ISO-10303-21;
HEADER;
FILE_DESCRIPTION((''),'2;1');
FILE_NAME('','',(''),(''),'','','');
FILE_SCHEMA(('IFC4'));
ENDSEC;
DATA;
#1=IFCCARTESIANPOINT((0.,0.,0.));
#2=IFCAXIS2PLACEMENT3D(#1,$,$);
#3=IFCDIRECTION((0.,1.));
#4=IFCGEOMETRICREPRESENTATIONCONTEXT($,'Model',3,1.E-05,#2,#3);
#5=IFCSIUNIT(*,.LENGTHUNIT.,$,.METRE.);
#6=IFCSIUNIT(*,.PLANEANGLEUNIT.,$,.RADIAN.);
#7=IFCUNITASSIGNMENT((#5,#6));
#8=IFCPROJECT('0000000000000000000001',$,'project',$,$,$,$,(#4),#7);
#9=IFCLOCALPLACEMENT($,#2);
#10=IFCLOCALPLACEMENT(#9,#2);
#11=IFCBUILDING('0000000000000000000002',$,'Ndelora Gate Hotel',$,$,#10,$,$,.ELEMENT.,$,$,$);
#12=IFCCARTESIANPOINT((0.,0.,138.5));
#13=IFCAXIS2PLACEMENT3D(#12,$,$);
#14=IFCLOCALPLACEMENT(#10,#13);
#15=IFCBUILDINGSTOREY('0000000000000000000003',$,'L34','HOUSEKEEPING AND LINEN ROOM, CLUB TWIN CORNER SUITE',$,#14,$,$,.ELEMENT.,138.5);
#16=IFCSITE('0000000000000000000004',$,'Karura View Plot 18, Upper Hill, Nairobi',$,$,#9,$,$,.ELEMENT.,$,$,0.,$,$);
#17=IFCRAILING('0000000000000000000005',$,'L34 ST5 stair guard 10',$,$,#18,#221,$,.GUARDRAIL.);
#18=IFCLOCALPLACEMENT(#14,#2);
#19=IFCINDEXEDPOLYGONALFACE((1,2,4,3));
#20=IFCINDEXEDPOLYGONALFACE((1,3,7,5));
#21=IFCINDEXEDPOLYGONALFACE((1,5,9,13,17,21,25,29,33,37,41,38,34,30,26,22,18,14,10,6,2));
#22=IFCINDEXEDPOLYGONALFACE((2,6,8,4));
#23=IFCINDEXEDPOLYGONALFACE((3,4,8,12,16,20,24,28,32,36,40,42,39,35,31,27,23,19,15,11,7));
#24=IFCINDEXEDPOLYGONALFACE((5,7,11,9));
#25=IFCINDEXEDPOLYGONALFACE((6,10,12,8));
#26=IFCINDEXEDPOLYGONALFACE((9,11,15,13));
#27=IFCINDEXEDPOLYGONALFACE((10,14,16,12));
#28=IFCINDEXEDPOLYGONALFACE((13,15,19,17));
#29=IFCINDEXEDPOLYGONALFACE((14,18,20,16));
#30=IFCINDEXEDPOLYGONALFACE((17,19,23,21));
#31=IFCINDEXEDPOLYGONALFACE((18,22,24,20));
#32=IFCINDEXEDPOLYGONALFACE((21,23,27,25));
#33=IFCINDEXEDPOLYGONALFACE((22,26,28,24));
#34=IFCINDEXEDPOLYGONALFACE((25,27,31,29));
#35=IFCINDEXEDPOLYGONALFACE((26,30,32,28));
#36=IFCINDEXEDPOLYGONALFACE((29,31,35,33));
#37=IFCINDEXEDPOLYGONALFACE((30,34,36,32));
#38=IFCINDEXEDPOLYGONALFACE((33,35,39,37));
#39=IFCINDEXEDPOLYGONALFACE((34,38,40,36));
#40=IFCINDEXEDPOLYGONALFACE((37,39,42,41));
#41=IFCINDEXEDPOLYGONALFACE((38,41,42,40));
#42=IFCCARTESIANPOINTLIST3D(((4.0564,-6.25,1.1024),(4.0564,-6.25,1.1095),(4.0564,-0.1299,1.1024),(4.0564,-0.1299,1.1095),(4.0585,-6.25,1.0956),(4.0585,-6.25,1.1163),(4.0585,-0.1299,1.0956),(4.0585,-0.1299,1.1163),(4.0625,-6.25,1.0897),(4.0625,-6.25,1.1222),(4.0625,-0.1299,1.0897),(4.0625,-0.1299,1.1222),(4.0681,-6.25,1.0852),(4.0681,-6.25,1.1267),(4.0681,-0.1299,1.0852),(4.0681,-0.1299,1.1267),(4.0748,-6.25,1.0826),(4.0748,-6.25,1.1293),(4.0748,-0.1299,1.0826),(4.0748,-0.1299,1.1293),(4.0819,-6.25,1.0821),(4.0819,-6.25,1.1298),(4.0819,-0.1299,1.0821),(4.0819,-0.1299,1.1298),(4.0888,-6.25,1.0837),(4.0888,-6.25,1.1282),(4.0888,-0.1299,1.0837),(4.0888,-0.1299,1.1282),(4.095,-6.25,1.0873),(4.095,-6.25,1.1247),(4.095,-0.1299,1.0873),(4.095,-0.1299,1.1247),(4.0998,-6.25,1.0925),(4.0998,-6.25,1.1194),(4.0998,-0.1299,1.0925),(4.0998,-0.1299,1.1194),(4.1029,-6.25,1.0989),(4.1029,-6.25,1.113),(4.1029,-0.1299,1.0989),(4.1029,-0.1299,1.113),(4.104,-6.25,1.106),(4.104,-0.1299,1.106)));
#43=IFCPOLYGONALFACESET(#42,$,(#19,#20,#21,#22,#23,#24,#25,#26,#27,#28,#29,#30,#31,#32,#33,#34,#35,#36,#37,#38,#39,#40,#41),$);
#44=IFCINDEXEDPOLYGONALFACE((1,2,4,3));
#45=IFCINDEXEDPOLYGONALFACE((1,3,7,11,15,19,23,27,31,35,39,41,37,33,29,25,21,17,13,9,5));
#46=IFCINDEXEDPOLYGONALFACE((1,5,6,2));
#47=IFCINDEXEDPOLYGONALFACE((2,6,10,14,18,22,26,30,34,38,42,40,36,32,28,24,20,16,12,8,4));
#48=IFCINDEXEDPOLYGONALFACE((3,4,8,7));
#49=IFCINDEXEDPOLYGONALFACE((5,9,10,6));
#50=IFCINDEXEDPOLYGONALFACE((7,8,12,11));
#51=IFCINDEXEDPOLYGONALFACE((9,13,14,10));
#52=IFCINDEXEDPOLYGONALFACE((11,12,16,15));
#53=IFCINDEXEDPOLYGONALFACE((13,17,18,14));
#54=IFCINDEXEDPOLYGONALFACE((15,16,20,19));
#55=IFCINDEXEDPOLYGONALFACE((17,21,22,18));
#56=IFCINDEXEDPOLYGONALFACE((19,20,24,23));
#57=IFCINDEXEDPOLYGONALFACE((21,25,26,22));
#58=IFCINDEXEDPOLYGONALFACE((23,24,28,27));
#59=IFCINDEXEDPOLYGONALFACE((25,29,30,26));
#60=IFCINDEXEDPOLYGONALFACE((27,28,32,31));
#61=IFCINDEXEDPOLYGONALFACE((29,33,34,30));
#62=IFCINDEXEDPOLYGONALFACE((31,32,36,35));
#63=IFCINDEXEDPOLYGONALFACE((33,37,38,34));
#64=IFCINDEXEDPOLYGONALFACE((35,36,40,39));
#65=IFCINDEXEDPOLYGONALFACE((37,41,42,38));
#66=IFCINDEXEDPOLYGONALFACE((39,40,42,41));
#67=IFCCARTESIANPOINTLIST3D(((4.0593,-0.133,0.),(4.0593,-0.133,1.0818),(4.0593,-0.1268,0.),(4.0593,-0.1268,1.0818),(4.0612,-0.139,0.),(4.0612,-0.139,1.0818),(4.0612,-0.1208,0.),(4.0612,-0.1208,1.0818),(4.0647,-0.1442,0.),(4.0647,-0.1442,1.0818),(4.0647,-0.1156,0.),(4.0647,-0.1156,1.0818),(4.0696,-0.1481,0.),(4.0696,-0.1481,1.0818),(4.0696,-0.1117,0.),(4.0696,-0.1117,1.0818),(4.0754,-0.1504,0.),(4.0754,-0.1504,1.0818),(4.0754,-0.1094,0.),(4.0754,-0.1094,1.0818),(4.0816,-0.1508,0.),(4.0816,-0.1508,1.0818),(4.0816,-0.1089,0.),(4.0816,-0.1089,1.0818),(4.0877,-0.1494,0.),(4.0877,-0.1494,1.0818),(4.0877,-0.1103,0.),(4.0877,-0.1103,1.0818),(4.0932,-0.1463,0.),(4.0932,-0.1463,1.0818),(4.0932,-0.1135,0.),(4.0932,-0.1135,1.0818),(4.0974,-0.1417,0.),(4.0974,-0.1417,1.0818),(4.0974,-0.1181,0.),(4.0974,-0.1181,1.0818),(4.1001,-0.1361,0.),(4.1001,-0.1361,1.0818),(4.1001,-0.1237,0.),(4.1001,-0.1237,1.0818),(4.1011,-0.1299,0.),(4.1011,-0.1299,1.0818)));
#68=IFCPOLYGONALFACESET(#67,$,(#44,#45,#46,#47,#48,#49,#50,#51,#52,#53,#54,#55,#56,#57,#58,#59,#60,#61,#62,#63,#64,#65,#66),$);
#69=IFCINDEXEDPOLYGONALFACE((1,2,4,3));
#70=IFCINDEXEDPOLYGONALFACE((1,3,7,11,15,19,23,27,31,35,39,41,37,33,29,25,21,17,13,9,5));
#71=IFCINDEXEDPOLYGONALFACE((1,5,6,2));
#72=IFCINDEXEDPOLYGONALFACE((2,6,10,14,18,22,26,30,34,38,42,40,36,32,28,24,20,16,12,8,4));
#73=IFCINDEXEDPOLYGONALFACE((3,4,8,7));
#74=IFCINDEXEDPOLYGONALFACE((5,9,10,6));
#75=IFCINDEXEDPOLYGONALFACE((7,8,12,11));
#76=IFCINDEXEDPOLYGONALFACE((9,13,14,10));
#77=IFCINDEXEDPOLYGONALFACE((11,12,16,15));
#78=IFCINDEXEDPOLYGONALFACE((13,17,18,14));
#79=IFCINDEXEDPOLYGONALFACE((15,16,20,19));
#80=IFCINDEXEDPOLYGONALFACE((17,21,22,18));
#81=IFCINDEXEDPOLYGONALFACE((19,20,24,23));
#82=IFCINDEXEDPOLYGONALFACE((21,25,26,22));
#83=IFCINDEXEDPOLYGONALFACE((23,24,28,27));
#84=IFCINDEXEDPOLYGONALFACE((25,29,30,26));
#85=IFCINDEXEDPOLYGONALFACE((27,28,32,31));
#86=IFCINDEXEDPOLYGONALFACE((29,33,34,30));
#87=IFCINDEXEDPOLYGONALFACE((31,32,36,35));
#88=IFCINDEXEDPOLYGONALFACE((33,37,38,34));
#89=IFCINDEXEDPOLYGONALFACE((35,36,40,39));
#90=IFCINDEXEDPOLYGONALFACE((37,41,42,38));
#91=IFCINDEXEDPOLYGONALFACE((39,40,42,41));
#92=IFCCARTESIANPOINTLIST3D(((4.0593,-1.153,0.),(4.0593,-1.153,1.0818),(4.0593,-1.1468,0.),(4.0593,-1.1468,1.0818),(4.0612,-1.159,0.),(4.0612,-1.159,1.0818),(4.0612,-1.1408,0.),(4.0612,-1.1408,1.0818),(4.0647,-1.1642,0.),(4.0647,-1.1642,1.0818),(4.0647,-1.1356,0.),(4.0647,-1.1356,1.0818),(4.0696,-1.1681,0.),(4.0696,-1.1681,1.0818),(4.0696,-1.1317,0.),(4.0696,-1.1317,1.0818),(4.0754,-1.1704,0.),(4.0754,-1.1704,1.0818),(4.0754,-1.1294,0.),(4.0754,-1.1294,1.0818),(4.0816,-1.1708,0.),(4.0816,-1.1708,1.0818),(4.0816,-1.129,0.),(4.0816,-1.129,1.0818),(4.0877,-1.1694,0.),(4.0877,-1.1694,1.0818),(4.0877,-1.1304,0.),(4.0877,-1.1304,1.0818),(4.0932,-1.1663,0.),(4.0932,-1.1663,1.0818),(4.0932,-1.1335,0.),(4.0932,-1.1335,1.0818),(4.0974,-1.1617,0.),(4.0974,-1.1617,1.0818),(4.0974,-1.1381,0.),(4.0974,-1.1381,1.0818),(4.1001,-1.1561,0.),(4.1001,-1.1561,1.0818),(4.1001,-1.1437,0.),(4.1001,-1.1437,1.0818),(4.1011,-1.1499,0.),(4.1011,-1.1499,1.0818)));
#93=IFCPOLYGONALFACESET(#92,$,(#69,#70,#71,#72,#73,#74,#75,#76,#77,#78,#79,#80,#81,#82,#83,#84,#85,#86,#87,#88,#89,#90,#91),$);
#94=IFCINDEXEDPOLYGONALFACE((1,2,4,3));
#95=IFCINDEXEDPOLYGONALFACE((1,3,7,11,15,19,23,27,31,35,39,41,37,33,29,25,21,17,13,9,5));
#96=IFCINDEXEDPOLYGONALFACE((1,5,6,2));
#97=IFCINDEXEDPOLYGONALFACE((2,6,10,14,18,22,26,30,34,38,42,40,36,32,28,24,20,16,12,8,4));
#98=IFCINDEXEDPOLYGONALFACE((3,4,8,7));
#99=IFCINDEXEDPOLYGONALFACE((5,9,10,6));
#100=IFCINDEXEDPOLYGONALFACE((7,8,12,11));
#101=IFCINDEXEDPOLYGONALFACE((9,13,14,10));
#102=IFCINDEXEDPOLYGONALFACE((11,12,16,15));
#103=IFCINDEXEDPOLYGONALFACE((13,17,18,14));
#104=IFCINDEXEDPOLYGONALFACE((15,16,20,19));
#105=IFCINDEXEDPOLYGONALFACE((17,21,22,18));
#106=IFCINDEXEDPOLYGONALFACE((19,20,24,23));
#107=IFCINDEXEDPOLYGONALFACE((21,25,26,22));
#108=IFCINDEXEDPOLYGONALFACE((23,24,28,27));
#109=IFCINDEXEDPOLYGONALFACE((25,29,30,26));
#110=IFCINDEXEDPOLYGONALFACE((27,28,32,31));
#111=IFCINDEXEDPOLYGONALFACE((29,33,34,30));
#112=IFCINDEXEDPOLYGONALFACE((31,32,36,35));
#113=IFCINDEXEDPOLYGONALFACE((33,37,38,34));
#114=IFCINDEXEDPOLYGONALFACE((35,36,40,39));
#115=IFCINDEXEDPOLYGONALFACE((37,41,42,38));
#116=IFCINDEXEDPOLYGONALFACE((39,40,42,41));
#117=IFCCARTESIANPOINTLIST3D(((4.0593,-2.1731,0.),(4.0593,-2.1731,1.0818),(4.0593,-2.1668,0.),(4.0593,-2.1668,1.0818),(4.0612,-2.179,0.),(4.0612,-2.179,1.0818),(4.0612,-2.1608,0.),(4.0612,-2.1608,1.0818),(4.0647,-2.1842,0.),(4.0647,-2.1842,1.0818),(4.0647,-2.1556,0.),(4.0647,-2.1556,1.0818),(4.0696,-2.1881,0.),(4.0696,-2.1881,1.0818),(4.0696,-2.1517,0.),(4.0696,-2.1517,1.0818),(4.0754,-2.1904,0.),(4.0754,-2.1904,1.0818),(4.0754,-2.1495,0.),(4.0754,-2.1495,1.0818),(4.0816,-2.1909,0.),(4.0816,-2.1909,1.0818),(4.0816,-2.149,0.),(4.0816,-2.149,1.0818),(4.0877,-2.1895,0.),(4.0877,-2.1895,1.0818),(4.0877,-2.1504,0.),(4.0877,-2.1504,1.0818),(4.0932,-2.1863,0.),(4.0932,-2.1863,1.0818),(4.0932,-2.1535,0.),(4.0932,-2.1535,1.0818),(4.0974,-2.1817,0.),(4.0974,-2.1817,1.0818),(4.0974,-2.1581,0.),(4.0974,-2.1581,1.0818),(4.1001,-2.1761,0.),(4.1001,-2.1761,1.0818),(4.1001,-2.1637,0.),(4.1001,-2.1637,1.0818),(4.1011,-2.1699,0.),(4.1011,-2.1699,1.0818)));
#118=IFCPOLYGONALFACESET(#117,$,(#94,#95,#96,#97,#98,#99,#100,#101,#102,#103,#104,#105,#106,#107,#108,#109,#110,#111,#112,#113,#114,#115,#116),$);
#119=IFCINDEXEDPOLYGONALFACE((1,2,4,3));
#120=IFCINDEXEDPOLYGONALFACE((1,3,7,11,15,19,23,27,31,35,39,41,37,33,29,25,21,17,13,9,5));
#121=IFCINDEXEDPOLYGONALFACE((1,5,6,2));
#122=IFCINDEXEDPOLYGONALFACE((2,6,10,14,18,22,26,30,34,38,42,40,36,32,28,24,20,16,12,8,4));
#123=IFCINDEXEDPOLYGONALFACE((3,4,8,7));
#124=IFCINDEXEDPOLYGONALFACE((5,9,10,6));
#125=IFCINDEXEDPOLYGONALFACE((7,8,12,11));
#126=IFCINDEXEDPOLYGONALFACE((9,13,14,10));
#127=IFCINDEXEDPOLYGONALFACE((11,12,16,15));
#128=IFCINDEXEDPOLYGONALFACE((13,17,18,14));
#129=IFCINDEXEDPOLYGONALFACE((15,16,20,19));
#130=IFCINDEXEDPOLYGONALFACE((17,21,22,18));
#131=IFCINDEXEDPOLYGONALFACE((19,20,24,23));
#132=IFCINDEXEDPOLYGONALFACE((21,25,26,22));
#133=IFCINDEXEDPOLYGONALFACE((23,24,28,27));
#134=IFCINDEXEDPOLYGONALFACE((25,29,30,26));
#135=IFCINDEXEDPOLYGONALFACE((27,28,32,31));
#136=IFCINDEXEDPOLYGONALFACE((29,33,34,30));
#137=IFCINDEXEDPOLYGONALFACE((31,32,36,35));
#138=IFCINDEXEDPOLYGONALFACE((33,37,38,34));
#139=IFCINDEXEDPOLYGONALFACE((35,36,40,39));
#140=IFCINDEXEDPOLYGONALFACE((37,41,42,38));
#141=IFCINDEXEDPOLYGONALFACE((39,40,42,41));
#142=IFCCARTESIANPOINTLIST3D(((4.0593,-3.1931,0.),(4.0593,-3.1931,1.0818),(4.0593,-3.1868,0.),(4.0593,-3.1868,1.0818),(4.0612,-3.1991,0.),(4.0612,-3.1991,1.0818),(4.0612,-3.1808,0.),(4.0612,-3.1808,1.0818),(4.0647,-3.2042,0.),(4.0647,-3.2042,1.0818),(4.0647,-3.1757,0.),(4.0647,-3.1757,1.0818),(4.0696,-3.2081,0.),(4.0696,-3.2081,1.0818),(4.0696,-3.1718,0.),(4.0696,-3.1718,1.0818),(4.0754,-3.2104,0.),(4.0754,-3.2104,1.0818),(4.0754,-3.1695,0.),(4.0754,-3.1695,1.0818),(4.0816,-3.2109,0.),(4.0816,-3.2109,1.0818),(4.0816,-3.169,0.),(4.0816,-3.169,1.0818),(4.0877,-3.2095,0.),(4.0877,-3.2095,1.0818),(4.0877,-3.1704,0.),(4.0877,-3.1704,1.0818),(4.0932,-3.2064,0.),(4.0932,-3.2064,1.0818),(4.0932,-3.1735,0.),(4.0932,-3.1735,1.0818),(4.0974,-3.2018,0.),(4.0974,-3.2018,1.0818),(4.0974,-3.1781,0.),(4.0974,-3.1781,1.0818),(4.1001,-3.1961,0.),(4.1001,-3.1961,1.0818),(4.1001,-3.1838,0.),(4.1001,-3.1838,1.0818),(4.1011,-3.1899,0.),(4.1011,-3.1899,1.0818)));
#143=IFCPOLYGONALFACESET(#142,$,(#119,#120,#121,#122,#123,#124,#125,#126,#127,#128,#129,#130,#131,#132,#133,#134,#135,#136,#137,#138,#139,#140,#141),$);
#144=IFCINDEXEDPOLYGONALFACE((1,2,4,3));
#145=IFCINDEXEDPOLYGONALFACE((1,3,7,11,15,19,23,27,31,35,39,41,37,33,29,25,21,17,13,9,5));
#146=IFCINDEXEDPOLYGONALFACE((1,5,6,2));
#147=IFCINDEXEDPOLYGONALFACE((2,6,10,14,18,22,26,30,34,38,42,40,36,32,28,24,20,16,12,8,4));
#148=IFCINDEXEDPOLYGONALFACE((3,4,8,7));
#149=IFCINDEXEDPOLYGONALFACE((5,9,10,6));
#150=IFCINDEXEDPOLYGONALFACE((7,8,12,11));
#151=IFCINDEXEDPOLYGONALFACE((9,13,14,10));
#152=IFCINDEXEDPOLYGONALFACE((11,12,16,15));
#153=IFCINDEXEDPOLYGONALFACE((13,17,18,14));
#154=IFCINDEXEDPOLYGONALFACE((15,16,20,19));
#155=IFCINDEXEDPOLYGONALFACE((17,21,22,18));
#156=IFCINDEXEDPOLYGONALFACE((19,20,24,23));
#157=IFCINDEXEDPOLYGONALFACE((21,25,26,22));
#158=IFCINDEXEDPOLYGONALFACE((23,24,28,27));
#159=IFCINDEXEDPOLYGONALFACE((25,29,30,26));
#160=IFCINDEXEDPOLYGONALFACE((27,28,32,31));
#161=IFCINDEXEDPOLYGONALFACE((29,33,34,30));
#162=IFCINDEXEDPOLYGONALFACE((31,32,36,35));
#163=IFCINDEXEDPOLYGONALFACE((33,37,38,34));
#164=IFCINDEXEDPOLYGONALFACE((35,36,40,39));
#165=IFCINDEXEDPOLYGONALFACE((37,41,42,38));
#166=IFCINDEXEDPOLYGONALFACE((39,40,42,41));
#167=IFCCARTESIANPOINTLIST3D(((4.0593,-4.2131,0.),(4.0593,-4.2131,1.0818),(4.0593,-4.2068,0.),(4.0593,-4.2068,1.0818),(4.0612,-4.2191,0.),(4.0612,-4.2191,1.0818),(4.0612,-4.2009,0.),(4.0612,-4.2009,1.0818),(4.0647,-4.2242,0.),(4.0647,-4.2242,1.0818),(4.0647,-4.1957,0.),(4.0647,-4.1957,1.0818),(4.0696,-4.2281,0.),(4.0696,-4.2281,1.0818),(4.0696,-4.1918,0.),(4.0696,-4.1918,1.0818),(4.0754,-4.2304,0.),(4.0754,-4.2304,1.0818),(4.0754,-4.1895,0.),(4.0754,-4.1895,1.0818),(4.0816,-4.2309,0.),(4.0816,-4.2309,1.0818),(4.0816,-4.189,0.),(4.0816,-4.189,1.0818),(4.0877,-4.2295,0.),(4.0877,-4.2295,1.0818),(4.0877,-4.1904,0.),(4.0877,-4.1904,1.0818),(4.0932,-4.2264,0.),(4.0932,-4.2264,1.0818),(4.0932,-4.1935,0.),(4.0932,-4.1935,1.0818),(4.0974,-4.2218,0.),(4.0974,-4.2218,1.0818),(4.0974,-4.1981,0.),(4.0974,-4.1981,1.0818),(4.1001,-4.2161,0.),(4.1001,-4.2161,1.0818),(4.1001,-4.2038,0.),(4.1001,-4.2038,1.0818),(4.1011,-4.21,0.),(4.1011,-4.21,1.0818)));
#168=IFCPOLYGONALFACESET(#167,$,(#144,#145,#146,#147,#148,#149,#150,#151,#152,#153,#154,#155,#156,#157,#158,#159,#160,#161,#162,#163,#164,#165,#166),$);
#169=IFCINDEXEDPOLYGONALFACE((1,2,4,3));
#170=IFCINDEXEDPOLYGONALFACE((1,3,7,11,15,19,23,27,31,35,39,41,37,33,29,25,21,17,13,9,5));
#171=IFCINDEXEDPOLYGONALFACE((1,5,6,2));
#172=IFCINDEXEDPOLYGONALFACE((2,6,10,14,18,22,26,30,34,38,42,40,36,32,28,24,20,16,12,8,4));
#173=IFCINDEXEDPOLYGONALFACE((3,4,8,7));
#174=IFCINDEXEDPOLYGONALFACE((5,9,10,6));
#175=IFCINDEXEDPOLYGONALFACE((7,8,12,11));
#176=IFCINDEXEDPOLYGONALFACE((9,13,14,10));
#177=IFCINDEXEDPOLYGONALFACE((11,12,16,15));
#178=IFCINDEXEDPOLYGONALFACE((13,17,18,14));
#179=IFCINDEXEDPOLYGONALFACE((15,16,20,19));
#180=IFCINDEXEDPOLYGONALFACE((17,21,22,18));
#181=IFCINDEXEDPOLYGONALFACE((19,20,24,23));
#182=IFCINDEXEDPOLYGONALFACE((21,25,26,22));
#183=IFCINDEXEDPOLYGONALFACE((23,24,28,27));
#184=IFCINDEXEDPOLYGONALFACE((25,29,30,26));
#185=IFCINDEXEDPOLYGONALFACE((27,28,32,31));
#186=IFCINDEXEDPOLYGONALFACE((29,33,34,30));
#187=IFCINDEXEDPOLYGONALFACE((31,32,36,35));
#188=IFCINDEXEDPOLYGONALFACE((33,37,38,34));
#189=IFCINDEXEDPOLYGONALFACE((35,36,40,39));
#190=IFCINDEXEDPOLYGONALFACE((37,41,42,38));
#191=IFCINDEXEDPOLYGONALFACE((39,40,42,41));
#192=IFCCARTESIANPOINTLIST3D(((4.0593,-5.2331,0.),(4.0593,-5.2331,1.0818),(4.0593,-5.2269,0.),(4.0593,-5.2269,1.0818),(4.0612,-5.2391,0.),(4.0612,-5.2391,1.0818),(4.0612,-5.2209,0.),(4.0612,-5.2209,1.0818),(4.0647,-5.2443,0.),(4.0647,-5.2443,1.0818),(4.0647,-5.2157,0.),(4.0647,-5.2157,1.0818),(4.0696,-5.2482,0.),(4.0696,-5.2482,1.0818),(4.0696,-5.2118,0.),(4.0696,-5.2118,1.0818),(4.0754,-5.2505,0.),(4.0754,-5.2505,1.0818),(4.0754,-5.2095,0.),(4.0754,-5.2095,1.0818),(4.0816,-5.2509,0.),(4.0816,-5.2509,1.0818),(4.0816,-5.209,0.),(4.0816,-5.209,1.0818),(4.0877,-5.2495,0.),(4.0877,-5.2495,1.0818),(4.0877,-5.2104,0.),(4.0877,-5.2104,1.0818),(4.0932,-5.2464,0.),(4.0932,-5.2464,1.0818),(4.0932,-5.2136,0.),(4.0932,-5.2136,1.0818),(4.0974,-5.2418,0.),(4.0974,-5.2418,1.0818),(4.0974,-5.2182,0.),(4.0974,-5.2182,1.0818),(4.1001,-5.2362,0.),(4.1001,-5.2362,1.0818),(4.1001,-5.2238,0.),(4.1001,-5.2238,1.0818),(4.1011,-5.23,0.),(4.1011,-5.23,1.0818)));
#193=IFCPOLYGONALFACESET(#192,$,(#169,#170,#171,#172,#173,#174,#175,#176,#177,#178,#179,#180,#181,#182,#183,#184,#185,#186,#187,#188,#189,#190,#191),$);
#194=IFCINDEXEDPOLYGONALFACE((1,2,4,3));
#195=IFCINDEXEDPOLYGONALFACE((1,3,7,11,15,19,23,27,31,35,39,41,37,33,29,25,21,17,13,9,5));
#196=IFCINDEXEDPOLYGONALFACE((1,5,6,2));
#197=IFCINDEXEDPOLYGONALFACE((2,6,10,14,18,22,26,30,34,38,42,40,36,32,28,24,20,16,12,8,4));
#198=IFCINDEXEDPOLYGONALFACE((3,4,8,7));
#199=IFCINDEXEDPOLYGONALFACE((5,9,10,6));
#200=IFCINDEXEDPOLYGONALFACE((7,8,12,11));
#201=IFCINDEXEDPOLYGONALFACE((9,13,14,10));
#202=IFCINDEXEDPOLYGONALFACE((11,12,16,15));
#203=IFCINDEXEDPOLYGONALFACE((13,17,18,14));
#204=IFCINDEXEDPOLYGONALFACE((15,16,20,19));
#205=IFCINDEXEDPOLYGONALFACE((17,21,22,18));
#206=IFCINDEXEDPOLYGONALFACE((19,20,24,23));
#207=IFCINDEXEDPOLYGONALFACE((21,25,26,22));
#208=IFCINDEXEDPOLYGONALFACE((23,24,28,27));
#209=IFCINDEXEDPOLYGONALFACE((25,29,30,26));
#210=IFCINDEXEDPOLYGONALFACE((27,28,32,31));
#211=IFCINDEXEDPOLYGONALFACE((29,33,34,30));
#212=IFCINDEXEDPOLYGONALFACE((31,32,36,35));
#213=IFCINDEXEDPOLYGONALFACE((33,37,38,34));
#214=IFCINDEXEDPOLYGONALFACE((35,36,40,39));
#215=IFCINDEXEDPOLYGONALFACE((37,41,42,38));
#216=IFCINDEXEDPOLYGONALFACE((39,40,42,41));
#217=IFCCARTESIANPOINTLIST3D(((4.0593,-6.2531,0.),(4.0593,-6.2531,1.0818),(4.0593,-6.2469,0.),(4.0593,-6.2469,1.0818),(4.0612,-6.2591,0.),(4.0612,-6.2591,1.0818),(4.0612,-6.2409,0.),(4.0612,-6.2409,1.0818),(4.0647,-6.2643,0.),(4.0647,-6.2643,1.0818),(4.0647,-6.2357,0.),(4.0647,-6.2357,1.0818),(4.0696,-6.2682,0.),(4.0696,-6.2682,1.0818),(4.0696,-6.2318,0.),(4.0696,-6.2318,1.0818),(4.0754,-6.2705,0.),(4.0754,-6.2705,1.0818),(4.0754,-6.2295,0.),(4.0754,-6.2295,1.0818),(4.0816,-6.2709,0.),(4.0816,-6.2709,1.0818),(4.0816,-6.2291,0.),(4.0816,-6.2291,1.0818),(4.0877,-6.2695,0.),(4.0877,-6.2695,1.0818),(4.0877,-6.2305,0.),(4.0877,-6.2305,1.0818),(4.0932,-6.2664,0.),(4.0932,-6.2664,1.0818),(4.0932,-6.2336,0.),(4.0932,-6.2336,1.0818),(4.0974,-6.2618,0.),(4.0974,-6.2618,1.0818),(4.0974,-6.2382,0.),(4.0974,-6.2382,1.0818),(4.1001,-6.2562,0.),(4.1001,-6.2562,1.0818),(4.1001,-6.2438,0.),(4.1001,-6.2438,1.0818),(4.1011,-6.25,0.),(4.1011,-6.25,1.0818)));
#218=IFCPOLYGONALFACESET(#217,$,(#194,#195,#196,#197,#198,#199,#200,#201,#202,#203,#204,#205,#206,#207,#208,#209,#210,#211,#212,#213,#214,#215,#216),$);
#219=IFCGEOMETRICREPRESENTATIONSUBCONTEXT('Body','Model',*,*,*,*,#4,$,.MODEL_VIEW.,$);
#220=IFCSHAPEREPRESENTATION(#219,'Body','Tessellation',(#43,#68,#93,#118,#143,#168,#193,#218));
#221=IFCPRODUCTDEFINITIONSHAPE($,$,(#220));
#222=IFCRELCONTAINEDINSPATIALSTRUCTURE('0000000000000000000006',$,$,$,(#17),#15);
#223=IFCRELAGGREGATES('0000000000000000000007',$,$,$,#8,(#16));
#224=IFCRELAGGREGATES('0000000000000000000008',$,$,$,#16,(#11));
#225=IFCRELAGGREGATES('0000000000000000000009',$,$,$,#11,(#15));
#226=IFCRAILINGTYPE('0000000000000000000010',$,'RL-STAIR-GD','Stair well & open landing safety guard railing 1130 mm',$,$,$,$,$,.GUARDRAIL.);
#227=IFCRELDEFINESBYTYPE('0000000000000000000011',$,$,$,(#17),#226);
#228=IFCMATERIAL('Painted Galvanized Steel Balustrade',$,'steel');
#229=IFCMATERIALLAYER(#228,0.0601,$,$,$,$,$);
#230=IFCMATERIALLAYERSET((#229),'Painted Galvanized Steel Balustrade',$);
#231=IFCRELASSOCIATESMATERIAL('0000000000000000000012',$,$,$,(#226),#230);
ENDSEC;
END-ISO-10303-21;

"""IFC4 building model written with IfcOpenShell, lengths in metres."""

from ifc_helpers import new_model, si_unit, direction, frame, origin, origin_2d, place, context, subcontext, project, spatial, circle, extrude, material, layer, layer_set, type_object, element, save


model = new_model("IFC4")

# Units and contexts
model_context = context("Model", 3, precision=1e-05, world=origin(), true_north=direction((0.0, 1.0)))
body_context = subcontext(model_context, "Body", "Model", "MODEL_VIEW")
ifc_project = project(units=[si_unit("LENGTHUNIT", "METRE"), si_unit("PLANEANGLEUNIT", "RADIAN")], contexts=[model_context])

# Site, building, storey
site_placement = place(None, origin())
site = spatial("IfcSite", under=ifc_project, at=site_placement, Name="Karura View Plot 18, Upper Hill, Nairobi", CompositionType="ELEMENT", RefElevation=0.0)
building_placement = place(site_placement, origin())
building = spatial("IfcBuilding", under=site, at=building_placement, Name="Ndelora Gate Hotel", CompositionType="ELEMENT")
storey_placement = place(building_placement, frame((0.0, 0.0, 138.5)))
storey = spatial("IfcBuildingStorey", under=building, at=storey_placement, Name="L34", Description="HOUSEKEEPING AND LINEN ROOM, CLUB TWIN CORNER SUITE", CompositionType="ELEMENT", Elevation=138.5)

# Railing
ifc_material_1 = material(Name="Painted Galvanized Steel Balustrade", Category="steel")
ifc_layer_1 = layer(ifc_material_1, 0.0601)
ifc_layer_set_1 = layer_set([ifc_layer_1], Name="Painted Galvanized Steel Balustrade")
railing_type_1 = type_object("IfcRailingType", Name="RL-STAIR-GD", Description="Stair well & open landing safety guard railing 1130 mm", PredefinedType="GUARDRAIL", material=ifc_layer_set_1)
railing_1_placement = place(storey_placement, frame((4.0801, -0.1299, 0.0)))
element("IfcRailing", 1, at=railing_1_placement, inside=storey, type_object=railing_type_1, Name="L34 ST5 stair guard 10", PredefinedType="GUARDRAIL", context=body_context, shape_type="SweptSolid", body=[
    extrude(circle(Radius=0.0239, at=origin_2d()), frame((0.0, 0.0, 1.106), z_axis=(0.0, -1.0, 0.0), x_axis=(1.0, 0.0, 0.0)), (0.0, 0.0, 1.0), 6.1201),
    extrude(circle(Radius=0.021, at=origin_2d()), origin(), (0.0, 0.0, 1.0), 1.0818),
    extrude(circle(Radius=0.021, at=origin_2d()), frame((0.0, -1.02, 0.0)), (0.0, 0.0, 1.0), 1.0818),
    extrude(circle(Radius=0.021, at=origin_2d()), frame((0.0, -2.04, 0.0)), (0.0, 0.0, 1.0), 1.0818),
    extrude(circle(Radius=0.021, at=origin_2d()), frame((0.0, -3.0601, 0.0)), (0.0, 0.0, 1.0), 1.0818),
    extrude(circle(Radius=0.021, at=origin_2d()), frame((0.0, -4.0801, 0.0)), (0.0, 0.0, 1.0), 1.0818),
    extrude(circle(Radius=0.021, at=origin_2d()), frame((0.0, -5.1001, 0.0)), (0.0, 0.0, 1.0), 1.0818),
    extrude(circle(Radius=0.021, at=origin_2d()), frame((0.0, -6.1201, 0.0)), (0.0, 0.0, 1.0), 1.0818),
])

save(model, "model.ifc")
